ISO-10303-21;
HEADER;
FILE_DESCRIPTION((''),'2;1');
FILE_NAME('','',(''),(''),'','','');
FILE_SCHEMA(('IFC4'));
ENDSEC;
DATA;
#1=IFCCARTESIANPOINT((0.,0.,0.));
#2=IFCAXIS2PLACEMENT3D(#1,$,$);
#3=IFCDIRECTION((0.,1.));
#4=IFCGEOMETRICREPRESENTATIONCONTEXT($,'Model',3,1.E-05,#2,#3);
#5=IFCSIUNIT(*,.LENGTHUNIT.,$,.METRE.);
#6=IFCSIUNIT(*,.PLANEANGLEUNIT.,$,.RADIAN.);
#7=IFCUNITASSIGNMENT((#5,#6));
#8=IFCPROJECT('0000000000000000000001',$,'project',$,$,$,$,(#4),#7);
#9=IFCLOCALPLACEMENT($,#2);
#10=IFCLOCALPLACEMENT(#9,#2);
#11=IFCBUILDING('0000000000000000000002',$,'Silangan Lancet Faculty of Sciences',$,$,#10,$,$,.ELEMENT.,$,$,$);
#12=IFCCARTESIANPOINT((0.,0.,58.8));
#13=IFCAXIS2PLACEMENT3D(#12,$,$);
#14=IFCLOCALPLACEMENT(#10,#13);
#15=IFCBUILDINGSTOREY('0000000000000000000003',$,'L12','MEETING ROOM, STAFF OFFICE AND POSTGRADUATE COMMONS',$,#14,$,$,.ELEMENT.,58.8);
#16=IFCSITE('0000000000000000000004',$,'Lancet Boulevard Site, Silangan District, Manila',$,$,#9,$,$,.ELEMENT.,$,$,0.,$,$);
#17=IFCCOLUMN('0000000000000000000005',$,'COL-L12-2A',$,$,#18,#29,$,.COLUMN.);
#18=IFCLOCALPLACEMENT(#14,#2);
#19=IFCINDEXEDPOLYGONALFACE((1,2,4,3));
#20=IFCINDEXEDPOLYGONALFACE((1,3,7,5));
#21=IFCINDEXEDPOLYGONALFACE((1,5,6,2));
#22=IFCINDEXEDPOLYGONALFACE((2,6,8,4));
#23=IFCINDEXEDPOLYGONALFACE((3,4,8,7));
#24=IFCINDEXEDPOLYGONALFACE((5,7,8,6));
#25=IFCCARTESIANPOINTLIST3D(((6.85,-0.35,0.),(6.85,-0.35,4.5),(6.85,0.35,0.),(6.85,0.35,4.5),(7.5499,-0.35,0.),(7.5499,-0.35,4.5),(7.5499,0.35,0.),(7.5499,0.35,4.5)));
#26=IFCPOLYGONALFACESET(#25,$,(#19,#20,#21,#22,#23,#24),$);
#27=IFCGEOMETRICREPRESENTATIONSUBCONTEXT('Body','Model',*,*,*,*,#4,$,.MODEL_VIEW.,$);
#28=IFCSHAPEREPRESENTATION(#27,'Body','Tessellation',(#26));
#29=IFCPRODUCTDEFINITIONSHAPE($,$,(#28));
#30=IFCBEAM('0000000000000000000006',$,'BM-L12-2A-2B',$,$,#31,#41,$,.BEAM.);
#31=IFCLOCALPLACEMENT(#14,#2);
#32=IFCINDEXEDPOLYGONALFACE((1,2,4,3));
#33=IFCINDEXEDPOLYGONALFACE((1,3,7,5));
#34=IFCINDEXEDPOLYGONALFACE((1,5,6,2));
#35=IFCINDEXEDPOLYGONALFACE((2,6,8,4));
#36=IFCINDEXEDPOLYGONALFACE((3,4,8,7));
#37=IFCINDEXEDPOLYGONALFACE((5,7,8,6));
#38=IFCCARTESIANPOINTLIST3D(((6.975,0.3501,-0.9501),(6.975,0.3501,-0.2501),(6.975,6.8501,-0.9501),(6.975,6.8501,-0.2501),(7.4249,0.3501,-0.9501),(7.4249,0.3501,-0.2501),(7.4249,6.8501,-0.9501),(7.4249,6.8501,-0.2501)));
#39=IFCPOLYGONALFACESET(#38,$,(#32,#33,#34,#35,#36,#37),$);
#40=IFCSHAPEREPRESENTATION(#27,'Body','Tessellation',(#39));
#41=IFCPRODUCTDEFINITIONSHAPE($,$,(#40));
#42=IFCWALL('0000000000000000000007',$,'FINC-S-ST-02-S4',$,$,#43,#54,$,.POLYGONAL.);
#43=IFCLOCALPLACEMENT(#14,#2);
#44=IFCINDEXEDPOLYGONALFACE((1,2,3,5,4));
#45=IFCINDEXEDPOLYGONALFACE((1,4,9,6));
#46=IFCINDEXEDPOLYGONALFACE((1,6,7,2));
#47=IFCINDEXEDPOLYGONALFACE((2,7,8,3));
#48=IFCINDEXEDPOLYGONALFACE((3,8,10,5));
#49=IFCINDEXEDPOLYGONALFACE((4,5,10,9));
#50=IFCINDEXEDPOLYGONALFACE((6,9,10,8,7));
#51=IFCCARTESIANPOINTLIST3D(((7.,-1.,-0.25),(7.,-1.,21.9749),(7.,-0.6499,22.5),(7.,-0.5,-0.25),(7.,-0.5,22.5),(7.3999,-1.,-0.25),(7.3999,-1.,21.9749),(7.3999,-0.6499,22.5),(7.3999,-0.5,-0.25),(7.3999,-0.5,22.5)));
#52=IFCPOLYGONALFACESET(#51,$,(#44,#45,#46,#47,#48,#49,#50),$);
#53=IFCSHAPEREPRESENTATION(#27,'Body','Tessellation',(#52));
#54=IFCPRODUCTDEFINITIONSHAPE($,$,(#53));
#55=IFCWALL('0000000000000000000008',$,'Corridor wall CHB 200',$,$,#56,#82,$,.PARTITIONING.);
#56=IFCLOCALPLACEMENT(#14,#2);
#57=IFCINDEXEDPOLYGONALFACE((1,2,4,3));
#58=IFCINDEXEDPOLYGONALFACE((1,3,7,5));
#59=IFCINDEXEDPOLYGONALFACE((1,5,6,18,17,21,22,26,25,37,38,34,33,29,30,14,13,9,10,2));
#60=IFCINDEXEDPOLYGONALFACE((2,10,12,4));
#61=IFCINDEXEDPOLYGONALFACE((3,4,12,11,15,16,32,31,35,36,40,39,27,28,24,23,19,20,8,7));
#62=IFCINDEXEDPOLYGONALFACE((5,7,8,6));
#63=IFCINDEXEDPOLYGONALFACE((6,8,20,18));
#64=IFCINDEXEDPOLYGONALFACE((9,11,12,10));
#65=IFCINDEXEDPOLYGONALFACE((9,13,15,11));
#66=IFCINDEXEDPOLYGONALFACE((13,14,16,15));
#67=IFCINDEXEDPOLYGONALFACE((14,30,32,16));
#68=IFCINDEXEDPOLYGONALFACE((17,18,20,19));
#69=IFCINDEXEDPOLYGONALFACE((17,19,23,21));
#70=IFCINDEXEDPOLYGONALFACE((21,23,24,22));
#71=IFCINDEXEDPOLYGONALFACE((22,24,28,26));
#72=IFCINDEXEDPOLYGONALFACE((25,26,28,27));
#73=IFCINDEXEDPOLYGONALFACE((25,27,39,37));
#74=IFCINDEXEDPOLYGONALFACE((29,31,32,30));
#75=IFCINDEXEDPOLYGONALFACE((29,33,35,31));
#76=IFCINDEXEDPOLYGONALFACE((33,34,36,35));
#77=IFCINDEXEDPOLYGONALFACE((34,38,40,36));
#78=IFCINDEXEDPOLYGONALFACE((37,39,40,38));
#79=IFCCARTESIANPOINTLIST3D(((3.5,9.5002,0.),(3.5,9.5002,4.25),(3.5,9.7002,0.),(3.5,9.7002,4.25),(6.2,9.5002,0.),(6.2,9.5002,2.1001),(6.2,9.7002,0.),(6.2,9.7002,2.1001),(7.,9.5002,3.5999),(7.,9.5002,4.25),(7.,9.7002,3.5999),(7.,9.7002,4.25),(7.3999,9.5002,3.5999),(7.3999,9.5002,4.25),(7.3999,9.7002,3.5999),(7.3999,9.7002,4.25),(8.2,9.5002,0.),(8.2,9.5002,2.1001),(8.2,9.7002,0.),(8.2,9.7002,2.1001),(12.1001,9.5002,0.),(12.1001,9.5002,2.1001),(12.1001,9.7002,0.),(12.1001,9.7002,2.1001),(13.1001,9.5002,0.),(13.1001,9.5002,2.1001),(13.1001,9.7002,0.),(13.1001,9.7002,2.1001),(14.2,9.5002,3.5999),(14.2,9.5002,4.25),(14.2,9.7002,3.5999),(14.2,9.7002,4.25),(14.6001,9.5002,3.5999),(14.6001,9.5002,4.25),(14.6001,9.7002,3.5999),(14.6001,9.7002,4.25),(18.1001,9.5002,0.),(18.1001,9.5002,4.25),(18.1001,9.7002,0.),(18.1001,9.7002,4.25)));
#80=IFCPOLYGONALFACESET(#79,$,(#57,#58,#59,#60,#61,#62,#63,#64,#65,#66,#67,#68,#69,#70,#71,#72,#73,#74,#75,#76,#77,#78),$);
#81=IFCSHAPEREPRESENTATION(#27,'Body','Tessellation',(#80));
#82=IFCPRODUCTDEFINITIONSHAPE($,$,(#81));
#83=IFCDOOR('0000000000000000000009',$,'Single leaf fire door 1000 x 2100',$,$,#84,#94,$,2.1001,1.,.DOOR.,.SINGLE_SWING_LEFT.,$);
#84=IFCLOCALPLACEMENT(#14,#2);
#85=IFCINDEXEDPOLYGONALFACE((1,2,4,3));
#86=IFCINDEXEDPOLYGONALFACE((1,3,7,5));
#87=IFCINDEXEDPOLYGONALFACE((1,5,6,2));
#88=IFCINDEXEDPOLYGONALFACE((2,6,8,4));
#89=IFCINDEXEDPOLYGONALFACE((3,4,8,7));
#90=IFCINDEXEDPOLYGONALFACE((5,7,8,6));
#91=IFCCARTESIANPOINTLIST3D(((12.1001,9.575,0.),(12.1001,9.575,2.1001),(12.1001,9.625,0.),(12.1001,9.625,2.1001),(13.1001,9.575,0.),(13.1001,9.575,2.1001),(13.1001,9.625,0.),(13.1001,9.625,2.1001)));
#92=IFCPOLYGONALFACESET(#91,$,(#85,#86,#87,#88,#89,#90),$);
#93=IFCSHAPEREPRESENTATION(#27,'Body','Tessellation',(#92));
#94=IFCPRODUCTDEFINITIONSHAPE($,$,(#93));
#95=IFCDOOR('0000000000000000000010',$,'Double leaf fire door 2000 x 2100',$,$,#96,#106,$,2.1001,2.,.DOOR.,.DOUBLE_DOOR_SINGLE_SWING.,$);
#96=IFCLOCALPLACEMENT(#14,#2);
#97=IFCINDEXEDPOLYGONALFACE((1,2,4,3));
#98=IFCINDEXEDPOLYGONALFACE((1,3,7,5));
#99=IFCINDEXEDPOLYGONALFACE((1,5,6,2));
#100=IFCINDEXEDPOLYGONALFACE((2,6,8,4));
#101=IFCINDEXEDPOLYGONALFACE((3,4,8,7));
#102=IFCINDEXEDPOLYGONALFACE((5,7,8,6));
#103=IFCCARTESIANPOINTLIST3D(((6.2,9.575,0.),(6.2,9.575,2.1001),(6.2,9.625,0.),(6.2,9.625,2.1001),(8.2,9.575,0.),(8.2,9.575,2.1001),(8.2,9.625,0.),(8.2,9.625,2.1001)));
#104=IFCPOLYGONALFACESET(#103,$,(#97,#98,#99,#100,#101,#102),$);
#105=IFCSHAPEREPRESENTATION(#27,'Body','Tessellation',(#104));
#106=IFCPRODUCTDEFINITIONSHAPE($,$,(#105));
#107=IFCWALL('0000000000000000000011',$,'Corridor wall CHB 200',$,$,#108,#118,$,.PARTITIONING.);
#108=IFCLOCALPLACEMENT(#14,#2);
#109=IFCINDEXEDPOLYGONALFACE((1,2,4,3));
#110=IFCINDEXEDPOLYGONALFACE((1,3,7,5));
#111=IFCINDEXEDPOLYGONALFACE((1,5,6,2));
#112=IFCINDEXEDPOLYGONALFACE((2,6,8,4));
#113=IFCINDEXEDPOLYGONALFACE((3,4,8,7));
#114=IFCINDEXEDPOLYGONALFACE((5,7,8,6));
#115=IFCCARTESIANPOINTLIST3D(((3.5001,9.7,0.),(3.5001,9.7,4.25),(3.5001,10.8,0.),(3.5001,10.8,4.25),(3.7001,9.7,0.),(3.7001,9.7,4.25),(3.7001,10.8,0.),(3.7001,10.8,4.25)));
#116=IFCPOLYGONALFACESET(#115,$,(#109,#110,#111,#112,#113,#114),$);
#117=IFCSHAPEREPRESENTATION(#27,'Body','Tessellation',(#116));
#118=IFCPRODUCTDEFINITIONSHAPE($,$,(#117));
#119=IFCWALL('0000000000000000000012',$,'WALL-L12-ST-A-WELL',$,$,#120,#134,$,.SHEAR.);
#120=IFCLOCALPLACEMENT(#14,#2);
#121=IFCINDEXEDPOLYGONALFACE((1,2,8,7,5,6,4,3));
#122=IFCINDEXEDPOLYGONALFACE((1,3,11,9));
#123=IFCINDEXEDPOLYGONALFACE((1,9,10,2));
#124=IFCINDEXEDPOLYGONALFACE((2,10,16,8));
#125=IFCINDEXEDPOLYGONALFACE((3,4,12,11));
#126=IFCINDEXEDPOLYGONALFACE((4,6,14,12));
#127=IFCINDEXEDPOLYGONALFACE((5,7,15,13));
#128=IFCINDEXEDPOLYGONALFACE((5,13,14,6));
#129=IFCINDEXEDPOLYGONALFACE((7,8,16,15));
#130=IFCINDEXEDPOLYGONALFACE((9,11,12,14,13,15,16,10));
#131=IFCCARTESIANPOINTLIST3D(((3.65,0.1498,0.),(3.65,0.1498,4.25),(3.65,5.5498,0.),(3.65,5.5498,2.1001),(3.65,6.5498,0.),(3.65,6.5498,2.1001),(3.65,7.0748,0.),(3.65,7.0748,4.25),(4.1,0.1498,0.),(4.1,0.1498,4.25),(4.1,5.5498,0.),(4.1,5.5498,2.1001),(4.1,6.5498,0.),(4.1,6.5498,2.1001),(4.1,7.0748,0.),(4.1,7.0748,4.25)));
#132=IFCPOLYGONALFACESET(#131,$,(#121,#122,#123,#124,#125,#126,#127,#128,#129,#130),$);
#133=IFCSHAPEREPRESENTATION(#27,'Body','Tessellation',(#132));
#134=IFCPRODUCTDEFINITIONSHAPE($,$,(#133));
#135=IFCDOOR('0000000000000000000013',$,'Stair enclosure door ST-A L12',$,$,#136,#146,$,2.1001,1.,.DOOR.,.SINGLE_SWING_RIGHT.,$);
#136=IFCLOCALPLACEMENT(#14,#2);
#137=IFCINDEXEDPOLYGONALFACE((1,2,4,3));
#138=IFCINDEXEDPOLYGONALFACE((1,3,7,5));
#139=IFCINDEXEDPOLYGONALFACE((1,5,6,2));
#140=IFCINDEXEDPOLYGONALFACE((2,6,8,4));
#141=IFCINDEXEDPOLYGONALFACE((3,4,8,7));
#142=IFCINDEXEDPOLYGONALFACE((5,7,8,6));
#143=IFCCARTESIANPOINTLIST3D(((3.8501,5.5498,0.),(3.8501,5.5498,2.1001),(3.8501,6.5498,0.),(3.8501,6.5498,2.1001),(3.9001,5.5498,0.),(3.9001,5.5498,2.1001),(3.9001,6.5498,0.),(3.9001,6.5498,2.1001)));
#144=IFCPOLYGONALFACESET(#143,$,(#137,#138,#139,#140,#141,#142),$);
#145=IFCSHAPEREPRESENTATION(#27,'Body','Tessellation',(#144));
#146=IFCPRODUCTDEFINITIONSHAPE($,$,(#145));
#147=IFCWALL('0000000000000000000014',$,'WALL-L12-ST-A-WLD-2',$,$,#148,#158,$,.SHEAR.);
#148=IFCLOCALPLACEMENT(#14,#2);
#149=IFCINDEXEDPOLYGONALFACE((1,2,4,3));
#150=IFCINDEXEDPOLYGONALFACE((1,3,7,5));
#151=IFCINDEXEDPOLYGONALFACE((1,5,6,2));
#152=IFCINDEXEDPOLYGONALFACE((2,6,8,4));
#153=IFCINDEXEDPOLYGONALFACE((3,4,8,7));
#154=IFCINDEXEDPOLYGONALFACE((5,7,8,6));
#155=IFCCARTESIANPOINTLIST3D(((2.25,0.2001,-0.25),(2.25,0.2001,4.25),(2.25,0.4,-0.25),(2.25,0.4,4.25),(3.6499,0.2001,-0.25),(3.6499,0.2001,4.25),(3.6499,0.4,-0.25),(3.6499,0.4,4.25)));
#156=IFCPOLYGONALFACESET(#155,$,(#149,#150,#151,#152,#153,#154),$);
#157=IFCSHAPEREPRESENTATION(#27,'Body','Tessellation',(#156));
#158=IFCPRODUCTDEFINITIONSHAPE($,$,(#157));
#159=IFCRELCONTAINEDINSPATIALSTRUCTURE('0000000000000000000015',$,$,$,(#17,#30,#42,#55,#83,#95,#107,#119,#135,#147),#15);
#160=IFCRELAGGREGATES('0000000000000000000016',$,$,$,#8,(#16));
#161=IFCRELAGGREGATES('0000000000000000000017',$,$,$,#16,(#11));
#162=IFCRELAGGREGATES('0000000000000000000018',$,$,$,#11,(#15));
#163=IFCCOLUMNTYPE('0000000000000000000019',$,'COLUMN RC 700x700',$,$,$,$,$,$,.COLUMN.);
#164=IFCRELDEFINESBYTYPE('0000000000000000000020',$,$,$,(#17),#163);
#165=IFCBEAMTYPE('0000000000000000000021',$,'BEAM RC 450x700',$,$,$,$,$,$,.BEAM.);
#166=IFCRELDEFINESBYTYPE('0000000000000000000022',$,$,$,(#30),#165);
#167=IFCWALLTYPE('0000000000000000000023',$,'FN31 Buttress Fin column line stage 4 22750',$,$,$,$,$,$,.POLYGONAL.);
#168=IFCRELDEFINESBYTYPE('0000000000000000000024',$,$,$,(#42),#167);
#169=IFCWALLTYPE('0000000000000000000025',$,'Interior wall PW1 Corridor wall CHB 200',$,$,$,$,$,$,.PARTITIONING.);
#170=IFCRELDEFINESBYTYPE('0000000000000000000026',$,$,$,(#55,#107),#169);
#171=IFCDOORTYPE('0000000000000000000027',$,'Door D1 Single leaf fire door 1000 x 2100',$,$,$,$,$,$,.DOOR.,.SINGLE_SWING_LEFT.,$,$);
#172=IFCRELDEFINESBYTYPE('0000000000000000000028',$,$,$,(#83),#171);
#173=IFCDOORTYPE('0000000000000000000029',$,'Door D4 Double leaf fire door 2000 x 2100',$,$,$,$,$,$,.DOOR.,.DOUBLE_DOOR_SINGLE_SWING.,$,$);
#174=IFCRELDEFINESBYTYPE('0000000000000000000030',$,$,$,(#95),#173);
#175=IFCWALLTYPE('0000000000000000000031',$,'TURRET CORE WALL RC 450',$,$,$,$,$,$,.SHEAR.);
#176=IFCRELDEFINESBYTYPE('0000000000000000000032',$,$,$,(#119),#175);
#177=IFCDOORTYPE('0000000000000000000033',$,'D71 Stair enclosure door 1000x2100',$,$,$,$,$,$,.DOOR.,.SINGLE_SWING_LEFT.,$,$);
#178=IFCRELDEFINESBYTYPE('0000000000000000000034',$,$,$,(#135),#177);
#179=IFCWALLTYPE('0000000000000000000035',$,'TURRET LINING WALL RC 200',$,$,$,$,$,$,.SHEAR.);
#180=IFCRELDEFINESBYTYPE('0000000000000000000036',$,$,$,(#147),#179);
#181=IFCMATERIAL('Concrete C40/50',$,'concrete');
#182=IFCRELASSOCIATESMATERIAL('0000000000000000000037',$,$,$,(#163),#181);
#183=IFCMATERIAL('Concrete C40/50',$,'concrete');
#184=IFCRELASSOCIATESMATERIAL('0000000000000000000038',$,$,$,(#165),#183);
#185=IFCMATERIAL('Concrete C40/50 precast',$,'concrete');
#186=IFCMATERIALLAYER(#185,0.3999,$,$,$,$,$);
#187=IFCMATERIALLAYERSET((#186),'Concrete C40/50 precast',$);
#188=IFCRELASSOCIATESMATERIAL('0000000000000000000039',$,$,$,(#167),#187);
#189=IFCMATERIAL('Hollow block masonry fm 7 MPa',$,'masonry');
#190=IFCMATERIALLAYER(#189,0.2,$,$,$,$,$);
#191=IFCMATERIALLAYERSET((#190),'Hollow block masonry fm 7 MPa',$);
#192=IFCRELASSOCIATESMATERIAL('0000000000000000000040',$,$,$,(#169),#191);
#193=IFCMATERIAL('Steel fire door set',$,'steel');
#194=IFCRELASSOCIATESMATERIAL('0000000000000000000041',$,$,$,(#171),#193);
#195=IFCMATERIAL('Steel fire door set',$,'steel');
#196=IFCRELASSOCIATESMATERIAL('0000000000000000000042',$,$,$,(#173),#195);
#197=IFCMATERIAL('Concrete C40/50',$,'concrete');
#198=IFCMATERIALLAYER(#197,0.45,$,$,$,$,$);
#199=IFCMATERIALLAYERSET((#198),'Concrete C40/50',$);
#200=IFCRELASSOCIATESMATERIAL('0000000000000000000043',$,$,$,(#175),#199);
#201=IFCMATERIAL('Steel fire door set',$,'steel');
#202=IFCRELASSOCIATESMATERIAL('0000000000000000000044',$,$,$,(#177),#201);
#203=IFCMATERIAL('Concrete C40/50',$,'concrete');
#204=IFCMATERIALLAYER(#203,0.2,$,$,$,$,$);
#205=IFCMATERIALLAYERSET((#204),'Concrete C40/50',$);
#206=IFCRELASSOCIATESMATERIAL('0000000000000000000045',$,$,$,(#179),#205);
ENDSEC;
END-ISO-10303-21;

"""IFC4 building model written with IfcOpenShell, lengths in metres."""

from ifc_helpers import new_model, si_unit, direction, frame, frame_2d, origin, origin_2d, place, context, subcontext, project, spatial, polyline, rectangle, outline, extrude, material, layer, layer_set, material_profile, profile_set, type_object, element, fill, save


model = new_model("IFC4")

# Units and contexts
model_context = context("Model", 3, precision=1e-05, world=origin(), true_north=direction((0.0, 1.0)))
body_context = subcontext(model_context, "Body", "Model", "MODEL_VIEW")
ifc_project = project(units=[si_unit("LENGTHUNIT", "METRE"), si_unit("PLANEANGLEUNIT", "RADIAN")], contexts=[model_context])

# Site, building, storey
site_placement = place(None, origin())
site = spatial("IfcSite", under=ifc_project, at=site_placement, Name="Lancet Boulevard Site, Silangan District, Manila", CompositionType="ELEMENT", RefElevation=0.0)
building_placement = place(site_placement, origin())
building = spatial("IfcBuilding", under=site, at=building_placement, Name="Silangan Lancet Faculty of Sciences", CompositionType="ELEMENT")
storey_placement = place(building_placement, frame((0.0, 0.0, 58.8)))
storey = spatial("IfcBuildingStorey", under=building, at=storey_placement, Name="L12", Description="MEETING ROOM, STAFF OFFICE AND POSTGRADUATE COMMONS", CompositionType="ELEMENT", Elevation=58.8)

# Column
ifc_material_1 = material(Name="Concrete C40/50", Category="concrete")
ifc_material_profile_1 = material_profile(ifc_material_1, rectangle(XDim=0.7, YDim=0.7, at=origin_2d()), Name="RC 700x700")
ifc_profile_set_1 = profile_set([ifc_material_profile_1], Name="Concrete C40/50")
column_type = type_object("IfcColumnType", Name="COLUMN RC 700x700", PredefinedType="COLUMN", material=ifc_profile_set_1)
column_placement = place(storey_placement, frame((7.2, 0.0, 0.0), z_axis=(0.0, 0.0, 1.0), x_axis=(1.0, 0.0, 0.0)))
element("IfcColumn", 1, at=column_placement, inside=storey, type_object=column_type, Name="COL-L12-2A", PredefinedType="COLUMN", context=body_context, shape_type="SweptSolid", body=[
    extrude(rectangle(XDim=0.7, YDim=0.7, at=origin_2d()), origin(), (0.0, 0.0, 1.0), 4.5),
])

# Beam
ifc_material_2 = material(Name="Concrete C40/50", Category="concrete")
ifc_material_profile_2 = material_profile(ifc_material_2, rectangle(XDim=0.45, YDim=0.7, at=origin_2d()), Name="RC 450x700")
ifc_profile_set_2 = profile_set([ifc_material_profile_2], Name="Concrete C40/50")
beam_type = type_object("IfcBeamType", Name="BEAM RC 450x700", PredefinedType="BEAM", material=ifc_profile_set_2)
beam_placement = place(storey_placement, frame((7.2, 0.3501, -0.6001), z_axis=(0.0, 1.0, 0.0), x_axis=(-1.0, 0.0, 0.0)))
element("IfcBeam", 2, at=beam_placement, inside=storey, type_object=beam_type, Name="BM-L12-2A-2B", PredefinedType="BEAM", context=body_context, shape_type="SweptSolid", body=[
    extrude(rectangle(XDim=0.45, YDim=0.7, at=origin_2d()), origin(), (0.0, 0.0, 1.0), 6.5),
])

# Wall
ifc_material_3 = material(Name="Concrete C40/50 precast", Category="concrete")
ifc_layer_1 = layer(ifc_material_3, 0.3999)
ifc_layer_set_1 = layer_set([ifc_layer_1], Name="Concrete C40/50 precast")
wall_type_1 = type_object("IfcWallType", Name="FN31 Buttress Fin column line stage 4 22750", PredefinedType="POLYGONAL", material=ifc_layer_set_1)
wall_1_placement = place(storey_placement, frame((7.2, -0.5, -0.25), z_axis=(0.0, 0.0, 1.0), x_axis=(0.0, -1.0, 0.0)))
element("IfcWall", 3, at=wall_1_placement, inside=storey, type_object=wall_type_1, Name="FINC-S-ST-02-S4", PredefinedType="POLYGONAL", context=body_context, shape_type="SweptSolid", body=[
    extrude(outline(polyline([(0.5, 0.0), (0.5, 22.2249), (0.1499, 22.75), (0.0, 22.75), (0.0, 0.0), (0.5, 0.0)])), frame((0.0, 0.2, 0.0), z_axis=(0.0, -1.0, 0.0), x_axis=(1.0, 0.0, 0.0)), (0.0, 0.0, 1.0), 0.3999),
])

# Wall, openings, doors
ifc_material_4 = material(Name="Hollow block masonry fm 7 MPa", Category="masonry")
ifc_layer_2 = layer(ifc_material_4, 0.2)
ifc_layer_set_2 = layer_set([ifc_layer_2], Name="Hollow block masonry fm 7 MPa")
wall_type_2 = type_object("IfcWallType", Name="Interior wall PW1 Corridor wall CHB 200", PredefinedType="PARTITIONING", material=ifc_layer_set_2)
wall_2_placement = place(storey_placement, frame((3.5, 9.6001, 0.0), z_axis=(0.0, 0.0, 1.0), x_axis=(1.0, 0.0, 0.0)))
wall_2 = element("IfcWall", 4, at=wall_2_placement, inside=storey, type_object=wall_type_2, Name="Corridor wall CHB 200", PredefinedType="PARTITIONING", context=body_context, shape_type="SweptSolid", body=[
    extrude(outline(polyline([(0.0, 0.0), (14.6001, 0.0), (14.6001, 4.25), (11.1001, 4.25), (11.1001, 3.5999), (10.7, 3.5999), (10.7, 4.25), (3.8999, 4.25), (3.8999, 3.5999), (3.5, 3.5999), (3.5, 4.25), (0.0, 4.25), (0.0, 0.0)])), frame((0.0, 0.1001, 0.0), z_axis=(0.0, -1.0, 0.0), x_axis=(1.0, 0.0, 0.0)), (0.0, 0.0, 1.0), 0.2),
])
opening_1_placement = place(wall_2_placement, frame((2.7, 0.0, 0.0)))
opening_1 = element("IfcOpeningElement", 5, at=opening_1_placement, cuts=wall_2, PredefinedType="OPENING", context=body_context, shape_type="SweptSolid", body=[
    extrude(rectangle(XDim=2.0, YDim=2.1001, at=frame_2d((1.0, 1.05))), frame((0.0, 0.1099, 0.0), z_axis=(0.0, -1.0, 0.0), x_axis=(1.0, 0.0, 0.0)), (0.0, 0.0, 1.0), 0.22),
])
opening_2_placement = place(wall_2_placement, frame((8.6001, 0.0, 0.0)))
opening_2 = element("IfcOpeningElement", 6, at=opening_2_placement, cuts=wall_2, PredefinedType="OPENING", context=body_context, shape_type="SweptSolid", body=[
    extrude(rectangle(XDim=1.0, YDim=2.1001, at=frame_2d((0.5, 1.05))), frame((0.0, 0.1099, 0.0), z_axis=(0.0, -1.0, 0.0), x_axis=(1.0, 0.0, 0.0)), (0.0, 0.0, 1.0), 0.22),
])
ifc_material_5 = material(Name="Steel fire door set", Category="steel")
door_type_1 = type_object("IfcDoorType", Name="Door D1 Single leaf fire door 1000 x 2100", OperationType="SINGLE_SWING_LEFT", PredefinedType="DOOR", material=ifc_material_5)
door_1_placement = place(opening_2_placement, origin())
door_1 = element("IfcDoor", 7, at=door_1_placement, inside=storey, type_object=door_type_1, Name="Single leaf fire door 1000 x 2100", OperationType="SINGLE_SWING_LEFT", OverallHeight=2.1001, OverallWidth=1.0, PredefinedType="DOOR", context=body_context, shape_type="SweptSolid", body=[
    extrude(rectangle(XDim=1.0, YDim=2.1001, at=frame_2d((0.5, 1.05))), frame((0.0, 0.0249, 0.0), z_axis=(0.0, -1.0, 0.0), x_axis=(1.0, 0.0, 0.0)), (0.0, 0.0, 1.0), 0.05),
])
fill(opening_2, door_1)
ifc_material_6 = material(Name="Steel fire door set", Category="steel")
door_type_2 = type_object("IfcDoorType", Name="Door D4 Double leaf fire door 2000 x 2100", OperationType="DOUBLE_DOOR_SINGLE_SWING", PredefinedType="DOOR", material=ifc_material_6)
door_2_placement = place(opening_1_placement, origin())
door_2 = element("IfcDoor", 8, at=door_2_placement, inside=storey, type_object=door_type_2, Name="Double leaf fire door 2000 x 2100", OperationType="DOUBLE_DOOR_SINGLE_SWING", OverallHeight=2.1001, OverallWidth=2.0, PredefinedType="DOOR", context=body_context, shape_type="SweptSolid", body=[
    extrude(rectangle(XDim=2.0, YDim=2.1001, at=frame_2d((1.0, 1.05))), frame((0.0, 0.0249, 0.0), z_axis=(0.0, -1.0, 0.0), x_axis=(1.0, 0.0, 0.0)), (0.0, 0.0, 1.0), 0.05),
])
fill(opening_1, door_2)

# Wall
wall_3_placement = place(storey_placement, frame((3.6001, 9.7, 0.0), z_axis=(0.0, 0.0, 1.0), x_axis=(0.0, 1.0, 0.0)))
element("IfcWall", 9, at=wall_3_placement, inside=storey, type_object=wall_type_2, Name="Corridor wall CHB 200", PredefinedType="PARTITIONING", context=body_context, shape_type="SweptSolid", body=[
    extrude(rectangle(XDim=1.1001, YDim=0.2, at=frame_2d((0.55, 0.0))), origin(), (0.0, 0.0, 1.0), 4.25),
])

# Wall, opening, door
ifc_material_7 = material(Name="Concrete C40/50", Category="concrete")
ifc_layer_3 = layer(ifc_material_7, 0.45)
ifc_layer_set_3 = layer_set([ifc_layer_3], Name="Concrete C40/50")
wall_type_3 = type_object("IfcWallType", Name="TURRET CORE WALL RC 450", PredefinedType="SHEAR", material=ifc_layer_set_3)
wall_4_placement = place(storey_placement, frame((3.875, 0.1499, 0.0), z_axis=(0.0, 0.0, 1.0), x_axis=(0.0, 1.0, 0.0)))
wall_4 = element("IfcWall", 10, at=wall_4_placement, inside=storey, type_object=wall_type_3, Name="WALL-L12-ST-A-WELL", PredefinedType="SHEAR", context=body_context, shape_type="SweptSolid", body=[
    extrude(rectangle(XDim=6.925, YDim=0.45, at=frame_2d((3.4624, 0.0))), origin(), (0.0, 0.0, 1.0), 4.25),
])
opening_3_placement = place(wall_4_placement, frame((5.3999, 0.0, 0.0)))
opening_3 = element("IfcOpeningElement", 11, at=opening_3_placement, cuts=wall_4, PredefinedType="OPENING", context=body_context, shape_type="SweptSolid", body=[
    extrude(rectangle(XDim=1.0, YDim=2.1001, at=frame_2d((0.5, 1.05))), frame((0.0, 0.2349, 0.0), z_axis=(0.0, -1.0, 0.0), x_axis=(1.0, 0.0, 0.0)), (0.0, 0.0, 1.0), 0.47),
])
ifc_material_8 = material(Name="Steel fire door set", Category="steel")
door_type_3 = type_object("IfcDoorType", Name="D71 Stair enclosure door 1000x2100", OperationType="SINGLE_SWING_LEFT", PredefinedType="DOOR", material=ifc_material_8)
door_3_placement = place(opening_3_placement, origin())
door_3 = element("IfcDoor", 12, at=door_3_placement, inside=storey, type_object=door_type_3, Name="Stair enclosure door ST-A L12", OperationType="SINGLE_SWING_RIGHT", OverallHeight=2.1001, OverallWidth=1.0, PredefinedType="DOOR", context=body_context, shape_type="SweptSolid", body=[
    extrude(rectangle(XDim=1.0, YDim=2.1001, at=frame_2d((0.5, 1.05))), frame((0.0, 0.0249, 0.0), z_axis=(0.0, -1.0, 0.0), x_axis=(1.0, 0.0, 0.0)), (0.0, 0.0, 1.0), 0.05),
])
fill(opening_3, door_3)

# Wall
ifc_material_9 = material(Name="Concrete C40/50", Category="concrete")
ifc_layer_4 = layer(ifc_material_9, 0.2)
ifc_layer_set_4 = layer_set([ifc_layer_4], Name="Concrete C40/50")
wall_type_4 = type_object("IfcWallType", Name="TURRET LINING WALL RC 200", PredefinedType="SHEAR", material=ifc_layer_set_4)
wall_5_placement = place(storey_placement, frame((2.25, 0.3, -0.25), z_axis=(0.0, 0.0, 1.0), x_axis=(1.0, 0.0, 0.0)))
element("IfcWall", 13, at=wall_5_placement, inside=storey, type_object=wall_type_4, Name="WALL-L12-ST-A-WLD-2", PredefinedType="SHEAR", context=body_context, shape_type="SweptSolid", body=[
    extrude(rectangle(XDim=1.3999, YDim=0.2, at=frame_2d((0.7, 0.0))), origin(), (0.0, 0.0, 1.0), 4.5),
])

save(model, "model.ifc")
